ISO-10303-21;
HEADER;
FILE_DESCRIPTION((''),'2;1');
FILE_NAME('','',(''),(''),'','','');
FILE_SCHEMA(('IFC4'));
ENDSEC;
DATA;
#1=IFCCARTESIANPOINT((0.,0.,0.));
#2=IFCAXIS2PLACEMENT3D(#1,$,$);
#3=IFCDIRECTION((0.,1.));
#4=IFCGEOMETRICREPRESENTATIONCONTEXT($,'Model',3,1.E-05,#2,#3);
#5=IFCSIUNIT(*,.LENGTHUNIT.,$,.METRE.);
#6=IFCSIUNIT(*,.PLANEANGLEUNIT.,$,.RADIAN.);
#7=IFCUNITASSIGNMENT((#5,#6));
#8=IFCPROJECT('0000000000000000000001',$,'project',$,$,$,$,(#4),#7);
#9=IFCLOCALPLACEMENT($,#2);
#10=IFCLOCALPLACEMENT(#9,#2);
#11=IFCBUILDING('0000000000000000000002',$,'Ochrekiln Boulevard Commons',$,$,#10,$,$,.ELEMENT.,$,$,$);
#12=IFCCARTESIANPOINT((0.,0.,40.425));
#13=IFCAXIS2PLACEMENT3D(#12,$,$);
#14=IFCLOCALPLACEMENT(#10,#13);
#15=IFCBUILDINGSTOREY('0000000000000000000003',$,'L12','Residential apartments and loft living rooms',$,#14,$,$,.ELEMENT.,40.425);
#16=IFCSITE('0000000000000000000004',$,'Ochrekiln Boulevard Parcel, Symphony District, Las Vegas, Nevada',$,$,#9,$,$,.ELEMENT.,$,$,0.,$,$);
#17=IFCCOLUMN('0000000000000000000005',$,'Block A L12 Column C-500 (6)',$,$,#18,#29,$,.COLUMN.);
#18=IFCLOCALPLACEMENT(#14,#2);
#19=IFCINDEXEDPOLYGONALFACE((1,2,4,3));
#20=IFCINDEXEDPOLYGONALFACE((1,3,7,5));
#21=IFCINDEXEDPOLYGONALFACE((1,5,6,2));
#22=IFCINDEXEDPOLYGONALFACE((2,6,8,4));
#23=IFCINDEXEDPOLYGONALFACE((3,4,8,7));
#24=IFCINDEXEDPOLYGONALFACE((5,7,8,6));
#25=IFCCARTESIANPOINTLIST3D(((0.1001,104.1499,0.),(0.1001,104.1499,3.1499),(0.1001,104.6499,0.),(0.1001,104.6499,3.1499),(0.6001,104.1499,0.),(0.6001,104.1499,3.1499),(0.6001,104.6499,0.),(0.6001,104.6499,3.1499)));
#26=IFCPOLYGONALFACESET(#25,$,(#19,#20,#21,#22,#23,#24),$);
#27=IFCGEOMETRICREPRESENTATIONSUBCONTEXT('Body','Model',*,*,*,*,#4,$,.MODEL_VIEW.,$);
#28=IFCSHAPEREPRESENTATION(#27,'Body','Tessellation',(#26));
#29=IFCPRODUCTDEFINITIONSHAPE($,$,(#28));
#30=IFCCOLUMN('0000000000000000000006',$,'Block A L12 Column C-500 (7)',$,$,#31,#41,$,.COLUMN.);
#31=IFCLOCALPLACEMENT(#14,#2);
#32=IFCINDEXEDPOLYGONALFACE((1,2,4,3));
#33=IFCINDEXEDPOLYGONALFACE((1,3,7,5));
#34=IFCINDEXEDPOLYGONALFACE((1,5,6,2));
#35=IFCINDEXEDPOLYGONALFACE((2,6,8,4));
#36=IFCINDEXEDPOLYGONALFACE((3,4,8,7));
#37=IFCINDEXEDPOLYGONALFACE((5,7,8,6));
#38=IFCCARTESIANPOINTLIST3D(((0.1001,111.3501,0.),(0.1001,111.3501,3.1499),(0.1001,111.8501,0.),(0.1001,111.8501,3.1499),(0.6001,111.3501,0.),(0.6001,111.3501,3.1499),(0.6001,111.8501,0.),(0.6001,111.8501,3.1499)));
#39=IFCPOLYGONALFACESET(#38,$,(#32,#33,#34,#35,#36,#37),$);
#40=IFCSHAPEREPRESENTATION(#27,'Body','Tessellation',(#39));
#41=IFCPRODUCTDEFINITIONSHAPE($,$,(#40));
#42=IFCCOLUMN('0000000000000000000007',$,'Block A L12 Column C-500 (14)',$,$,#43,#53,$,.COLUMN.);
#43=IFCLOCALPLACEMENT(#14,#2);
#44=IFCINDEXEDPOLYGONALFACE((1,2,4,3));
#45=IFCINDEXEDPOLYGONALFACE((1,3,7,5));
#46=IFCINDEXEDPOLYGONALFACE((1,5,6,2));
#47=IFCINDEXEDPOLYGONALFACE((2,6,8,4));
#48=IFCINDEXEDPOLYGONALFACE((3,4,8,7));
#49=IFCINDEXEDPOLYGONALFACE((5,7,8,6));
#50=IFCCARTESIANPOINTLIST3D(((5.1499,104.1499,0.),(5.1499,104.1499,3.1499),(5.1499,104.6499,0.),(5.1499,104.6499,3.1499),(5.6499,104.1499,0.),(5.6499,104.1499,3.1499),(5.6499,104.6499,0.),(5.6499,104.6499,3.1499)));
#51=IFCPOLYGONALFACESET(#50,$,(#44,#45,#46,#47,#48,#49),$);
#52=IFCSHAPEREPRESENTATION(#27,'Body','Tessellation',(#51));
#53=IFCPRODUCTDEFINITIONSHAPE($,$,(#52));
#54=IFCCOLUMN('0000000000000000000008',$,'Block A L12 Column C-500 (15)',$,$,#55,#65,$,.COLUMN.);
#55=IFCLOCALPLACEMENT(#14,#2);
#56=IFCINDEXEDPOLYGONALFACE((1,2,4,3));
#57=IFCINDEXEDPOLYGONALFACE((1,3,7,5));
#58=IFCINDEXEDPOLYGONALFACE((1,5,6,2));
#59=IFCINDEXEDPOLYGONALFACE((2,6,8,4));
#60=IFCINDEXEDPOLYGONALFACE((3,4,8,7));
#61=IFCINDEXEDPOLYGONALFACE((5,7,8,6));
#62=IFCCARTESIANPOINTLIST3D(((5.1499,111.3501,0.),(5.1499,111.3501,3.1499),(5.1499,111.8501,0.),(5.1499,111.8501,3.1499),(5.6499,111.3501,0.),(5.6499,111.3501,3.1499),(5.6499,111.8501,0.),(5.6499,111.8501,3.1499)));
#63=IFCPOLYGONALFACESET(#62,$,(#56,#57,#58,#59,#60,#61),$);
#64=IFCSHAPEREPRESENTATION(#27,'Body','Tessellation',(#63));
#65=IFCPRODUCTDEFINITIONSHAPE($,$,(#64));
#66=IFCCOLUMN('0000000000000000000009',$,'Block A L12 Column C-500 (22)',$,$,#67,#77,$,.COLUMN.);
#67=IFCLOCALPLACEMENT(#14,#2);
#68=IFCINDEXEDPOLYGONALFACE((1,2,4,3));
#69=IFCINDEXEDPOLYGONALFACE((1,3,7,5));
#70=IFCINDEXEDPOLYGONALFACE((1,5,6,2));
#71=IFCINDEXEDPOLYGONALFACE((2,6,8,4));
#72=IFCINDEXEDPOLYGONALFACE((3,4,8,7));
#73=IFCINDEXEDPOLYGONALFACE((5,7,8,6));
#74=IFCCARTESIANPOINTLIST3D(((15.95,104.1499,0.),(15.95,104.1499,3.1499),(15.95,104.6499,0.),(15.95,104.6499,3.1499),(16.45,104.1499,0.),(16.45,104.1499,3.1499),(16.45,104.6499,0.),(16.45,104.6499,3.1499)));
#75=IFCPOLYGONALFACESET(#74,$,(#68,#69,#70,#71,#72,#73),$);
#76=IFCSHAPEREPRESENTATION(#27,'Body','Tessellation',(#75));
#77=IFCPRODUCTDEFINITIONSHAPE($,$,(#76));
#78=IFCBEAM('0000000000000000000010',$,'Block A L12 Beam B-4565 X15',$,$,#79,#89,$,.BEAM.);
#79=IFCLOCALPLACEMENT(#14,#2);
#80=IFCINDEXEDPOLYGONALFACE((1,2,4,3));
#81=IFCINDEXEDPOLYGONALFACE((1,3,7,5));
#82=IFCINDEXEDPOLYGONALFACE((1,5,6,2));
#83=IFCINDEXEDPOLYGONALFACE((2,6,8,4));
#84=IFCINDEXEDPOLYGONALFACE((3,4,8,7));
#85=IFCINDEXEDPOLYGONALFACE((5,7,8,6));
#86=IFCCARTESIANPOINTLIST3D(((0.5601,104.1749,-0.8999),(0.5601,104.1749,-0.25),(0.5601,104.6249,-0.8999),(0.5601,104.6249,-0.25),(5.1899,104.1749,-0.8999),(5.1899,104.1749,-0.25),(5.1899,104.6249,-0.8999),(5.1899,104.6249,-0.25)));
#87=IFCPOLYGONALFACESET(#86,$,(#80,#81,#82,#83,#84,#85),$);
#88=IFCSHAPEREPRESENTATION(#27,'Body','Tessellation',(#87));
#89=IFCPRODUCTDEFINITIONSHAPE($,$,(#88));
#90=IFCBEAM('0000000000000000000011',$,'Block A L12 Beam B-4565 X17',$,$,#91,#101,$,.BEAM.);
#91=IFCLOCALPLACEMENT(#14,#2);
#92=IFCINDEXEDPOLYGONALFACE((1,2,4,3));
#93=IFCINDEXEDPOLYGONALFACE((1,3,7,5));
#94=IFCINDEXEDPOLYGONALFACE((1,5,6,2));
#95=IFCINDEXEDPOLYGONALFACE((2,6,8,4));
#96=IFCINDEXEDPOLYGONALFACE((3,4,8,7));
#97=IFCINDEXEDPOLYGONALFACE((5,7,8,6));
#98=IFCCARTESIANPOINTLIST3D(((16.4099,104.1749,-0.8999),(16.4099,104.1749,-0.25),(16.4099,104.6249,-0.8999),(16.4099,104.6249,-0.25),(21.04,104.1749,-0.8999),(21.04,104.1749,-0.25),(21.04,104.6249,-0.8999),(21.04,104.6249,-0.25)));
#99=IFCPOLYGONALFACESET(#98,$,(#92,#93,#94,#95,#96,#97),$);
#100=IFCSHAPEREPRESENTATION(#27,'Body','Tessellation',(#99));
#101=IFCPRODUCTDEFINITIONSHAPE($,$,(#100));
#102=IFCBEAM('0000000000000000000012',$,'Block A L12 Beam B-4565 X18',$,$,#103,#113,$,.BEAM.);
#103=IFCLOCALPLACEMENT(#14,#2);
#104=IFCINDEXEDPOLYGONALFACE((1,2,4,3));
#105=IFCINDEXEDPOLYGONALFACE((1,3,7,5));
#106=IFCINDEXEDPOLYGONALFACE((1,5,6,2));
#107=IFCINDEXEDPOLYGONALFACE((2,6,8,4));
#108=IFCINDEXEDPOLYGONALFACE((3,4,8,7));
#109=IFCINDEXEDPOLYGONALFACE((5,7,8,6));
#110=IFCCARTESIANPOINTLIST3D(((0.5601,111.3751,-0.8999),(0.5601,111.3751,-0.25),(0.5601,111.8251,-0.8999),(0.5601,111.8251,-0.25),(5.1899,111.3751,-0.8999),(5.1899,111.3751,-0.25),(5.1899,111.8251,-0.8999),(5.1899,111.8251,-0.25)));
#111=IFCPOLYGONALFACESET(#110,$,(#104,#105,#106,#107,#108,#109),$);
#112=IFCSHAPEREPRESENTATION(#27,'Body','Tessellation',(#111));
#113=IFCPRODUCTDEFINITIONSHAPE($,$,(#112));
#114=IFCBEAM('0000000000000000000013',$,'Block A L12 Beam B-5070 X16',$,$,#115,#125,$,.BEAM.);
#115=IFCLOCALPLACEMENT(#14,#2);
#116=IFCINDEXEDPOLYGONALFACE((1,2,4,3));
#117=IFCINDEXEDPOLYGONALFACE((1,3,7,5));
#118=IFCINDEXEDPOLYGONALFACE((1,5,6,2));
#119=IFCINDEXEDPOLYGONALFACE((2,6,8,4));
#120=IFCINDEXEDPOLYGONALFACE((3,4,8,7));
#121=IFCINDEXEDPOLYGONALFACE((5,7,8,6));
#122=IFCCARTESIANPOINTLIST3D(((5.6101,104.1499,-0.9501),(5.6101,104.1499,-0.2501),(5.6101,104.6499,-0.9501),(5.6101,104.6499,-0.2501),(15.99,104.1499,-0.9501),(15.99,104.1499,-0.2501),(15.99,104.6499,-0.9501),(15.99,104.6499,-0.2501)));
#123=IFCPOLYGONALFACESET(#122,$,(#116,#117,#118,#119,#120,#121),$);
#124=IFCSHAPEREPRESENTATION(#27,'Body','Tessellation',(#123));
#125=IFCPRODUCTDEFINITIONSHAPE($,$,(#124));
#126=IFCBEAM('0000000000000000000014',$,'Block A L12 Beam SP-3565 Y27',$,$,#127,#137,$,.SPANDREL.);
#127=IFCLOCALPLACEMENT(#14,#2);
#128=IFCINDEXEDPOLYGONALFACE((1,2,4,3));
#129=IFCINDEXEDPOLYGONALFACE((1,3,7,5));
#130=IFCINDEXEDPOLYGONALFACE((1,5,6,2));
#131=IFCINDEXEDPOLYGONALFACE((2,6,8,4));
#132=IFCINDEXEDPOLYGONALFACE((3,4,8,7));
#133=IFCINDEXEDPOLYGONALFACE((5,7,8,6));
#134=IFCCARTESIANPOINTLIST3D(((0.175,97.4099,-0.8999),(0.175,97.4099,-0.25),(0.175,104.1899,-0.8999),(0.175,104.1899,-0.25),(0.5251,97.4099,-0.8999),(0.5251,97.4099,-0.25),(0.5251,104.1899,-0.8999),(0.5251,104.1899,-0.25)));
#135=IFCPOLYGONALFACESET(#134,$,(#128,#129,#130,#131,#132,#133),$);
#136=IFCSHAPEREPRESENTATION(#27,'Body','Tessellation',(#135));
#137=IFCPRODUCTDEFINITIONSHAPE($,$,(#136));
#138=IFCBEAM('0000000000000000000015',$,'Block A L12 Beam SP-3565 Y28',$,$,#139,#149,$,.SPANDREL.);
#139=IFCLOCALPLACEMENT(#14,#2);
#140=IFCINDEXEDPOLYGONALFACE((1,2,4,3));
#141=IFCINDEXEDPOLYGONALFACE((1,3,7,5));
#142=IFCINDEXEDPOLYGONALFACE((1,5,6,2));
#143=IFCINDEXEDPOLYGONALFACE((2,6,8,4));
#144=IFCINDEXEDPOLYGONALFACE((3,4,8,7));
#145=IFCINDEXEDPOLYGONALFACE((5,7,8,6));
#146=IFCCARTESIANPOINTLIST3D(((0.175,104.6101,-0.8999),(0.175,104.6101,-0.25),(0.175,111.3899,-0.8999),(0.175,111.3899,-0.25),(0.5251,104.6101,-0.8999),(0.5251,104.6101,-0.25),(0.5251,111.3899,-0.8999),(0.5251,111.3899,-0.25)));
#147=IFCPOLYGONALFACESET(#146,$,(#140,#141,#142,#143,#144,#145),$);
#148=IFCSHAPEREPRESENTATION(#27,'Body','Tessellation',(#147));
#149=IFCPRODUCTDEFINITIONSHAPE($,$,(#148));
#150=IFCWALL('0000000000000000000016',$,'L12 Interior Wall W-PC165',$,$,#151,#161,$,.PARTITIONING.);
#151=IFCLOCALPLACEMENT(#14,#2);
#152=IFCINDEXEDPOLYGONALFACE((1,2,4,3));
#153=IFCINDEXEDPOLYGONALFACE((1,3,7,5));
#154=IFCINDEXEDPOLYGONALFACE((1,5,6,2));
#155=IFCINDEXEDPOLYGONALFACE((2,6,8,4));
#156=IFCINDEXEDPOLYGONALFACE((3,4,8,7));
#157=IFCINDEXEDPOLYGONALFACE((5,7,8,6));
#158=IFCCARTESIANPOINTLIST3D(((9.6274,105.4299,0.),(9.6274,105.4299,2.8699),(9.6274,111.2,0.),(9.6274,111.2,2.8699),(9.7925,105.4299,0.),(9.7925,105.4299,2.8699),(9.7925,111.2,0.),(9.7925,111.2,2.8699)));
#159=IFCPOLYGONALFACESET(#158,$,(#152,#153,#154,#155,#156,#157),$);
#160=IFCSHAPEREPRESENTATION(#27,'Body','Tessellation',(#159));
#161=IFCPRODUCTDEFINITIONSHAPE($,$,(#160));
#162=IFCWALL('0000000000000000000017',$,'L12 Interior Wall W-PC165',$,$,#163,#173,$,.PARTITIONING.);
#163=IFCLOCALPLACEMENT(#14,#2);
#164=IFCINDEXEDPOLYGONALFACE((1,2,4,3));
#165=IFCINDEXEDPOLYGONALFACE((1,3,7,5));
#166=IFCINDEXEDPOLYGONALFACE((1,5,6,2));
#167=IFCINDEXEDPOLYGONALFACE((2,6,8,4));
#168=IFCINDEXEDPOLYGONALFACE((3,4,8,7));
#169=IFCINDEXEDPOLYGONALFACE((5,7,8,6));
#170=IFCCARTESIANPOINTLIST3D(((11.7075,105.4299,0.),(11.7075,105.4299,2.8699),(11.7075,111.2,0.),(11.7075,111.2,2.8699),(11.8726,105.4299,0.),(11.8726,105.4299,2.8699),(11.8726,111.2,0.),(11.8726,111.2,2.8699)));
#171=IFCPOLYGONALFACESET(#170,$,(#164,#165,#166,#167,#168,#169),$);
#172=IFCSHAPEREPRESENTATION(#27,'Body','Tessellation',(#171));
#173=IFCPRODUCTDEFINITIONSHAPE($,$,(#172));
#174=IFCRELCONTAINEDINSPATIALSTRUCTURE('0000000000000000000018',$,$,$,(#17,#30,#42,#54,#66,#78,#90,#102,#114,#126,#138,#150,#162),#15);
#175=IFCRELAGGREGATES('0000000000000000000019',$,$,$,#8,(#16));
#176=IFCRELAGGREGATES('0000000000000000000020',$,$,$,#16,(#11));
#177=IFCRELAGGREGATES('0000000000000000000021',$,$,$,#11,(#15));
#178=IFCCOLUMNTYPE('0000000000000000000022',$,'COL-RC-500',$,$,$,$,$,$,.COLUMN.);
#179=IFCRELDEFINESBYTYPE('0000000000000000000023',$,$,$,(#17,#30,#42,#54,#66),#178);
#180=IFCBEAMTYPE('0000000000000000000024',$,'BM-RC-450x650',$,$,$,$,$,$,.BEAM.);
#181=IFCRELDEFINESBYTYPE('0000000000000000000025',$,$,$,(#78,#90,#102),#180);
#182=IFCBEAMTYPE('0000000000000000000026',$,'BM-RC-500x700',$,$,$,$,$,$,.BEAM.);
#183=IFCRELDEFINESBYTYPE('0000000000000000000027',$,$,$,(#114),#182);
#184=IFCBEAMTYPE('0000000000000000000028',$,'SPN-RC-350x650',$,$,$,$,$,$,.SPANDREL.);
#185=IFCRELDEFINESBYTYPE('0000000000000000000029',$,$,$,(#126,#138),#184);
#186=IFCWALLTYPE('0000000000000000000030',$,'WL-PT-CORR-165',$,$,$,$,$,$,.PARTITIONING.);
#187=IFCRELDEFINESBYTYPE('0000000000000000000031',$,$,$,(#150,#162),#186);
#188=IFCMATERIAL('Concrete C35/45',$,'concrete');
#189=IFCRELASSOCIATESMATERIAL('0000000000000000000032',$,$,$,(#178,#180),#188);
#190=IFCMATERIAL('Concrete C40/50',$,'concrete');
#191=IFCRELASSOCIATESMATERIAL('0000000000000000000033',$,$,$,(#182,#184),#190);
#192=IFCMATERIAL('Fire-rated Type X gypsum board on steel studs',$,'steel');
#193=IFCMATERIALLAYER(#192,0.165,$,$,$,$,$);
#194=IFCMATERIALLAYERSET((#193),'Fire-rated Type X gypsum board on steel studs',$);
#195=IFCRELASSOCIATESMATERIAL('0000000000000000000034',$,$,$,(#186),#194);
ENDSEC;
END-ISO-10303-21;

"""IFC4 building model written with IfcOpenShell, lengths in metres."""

from ifc_helpers import new_model, si_unit, direction, frame, frame_2d, origin, origin_2d, place, context, subcontext, project, spatial, rectangle, extrude, material, layer, layer_set, material_profile, profile_set, type_object, element, save


model = new_model("IFC4")

# Units and contexts
model_context = context("Model", 3, precision=1e-05, world=origin(), true_north=direction((0.0, 1.0)))
body_context = subcontext(model_context, "Body", "Model", "MODEL_VIEW")
ifc_project = project(units=[si_unit("LENGTHUNIT", "METRE"), si_unit("PLANEANGLEUNIT", "RADIAN")], contexts=[model_context])

# Site, building, storey
site_placement = place(None, origin())
site = spatial("IfcSite", under=ifc_project, at=site_placement, Name="Ochrekiln Boulevard Parcel, Symphony District, Las Vegas, Nevada", CompositionType="ELEMENT", RefElevation=0.0)
building_placement = place(site_placement, origin())
building = spatial("IfcBuilding", under=site, at=building_placement, Name="Ochrekiln Boulevard Commons", CompositionType="ELEMENT")
storey_placement = place(building_placement, frame((0.0, 0.0, 40.425)))
storey = spatial("IfcBuildingStorey", under=building, at=storey_placement, Name="L12", Description="Residential apartments and loft living rooms", CompositionType="ELEMENT", Elevation=40.425)

# Columns
ifc_material_1 = material(Name="Concrete C35/45", Category="concrete")
ifc_material_profile_1 = material_profile(ifc_material_1, rectangle(XDim=0.5, YDim=0.5, at=origin_2d()), Name="RC-COL-500x500")
ifc_profile_set_1 = profile_set([ifc_material_profile_1], Name="Concrete C35/45")
column_type = type_object("IfcColumnType", Name="COL-RC-500", PredefinedType="COLUMN", material=ifc_profile_set_1)
for number, where, z_axis, x_axis, name in (
    (1, (0.3501, 104.3999, 0.0), (0.0, 0.0, 1.0), (1.0, 0.0, 0.0), "Block A L12 Column C-500 (6)"),
    (2, (0.3501, 111.6001, 0.0), (0.0, 0.0, 1.0), (1.0, 0.0, 0.0), "Block A L12 Column C-500 (7)"),
    (3, (5.3999, 104.3999, 0.0), (0.0, 0.0, 1.0), (1.0, 0.0, 0.0), "Block A L12 Column C-500 (14)"),
    (4, (5.3999, 111.6001, 0.0), (0.0, 0.0, 1.0), (1.0, 0.0, 0.0), "Block A L12 Column C-500 (15)"),
    (5, (16.2, 104.3999, 0.0), (0.0, 0.0, 1.0), (1.0, 0.0, 0.0), "Block A L12 Column C-500 (22)"),
):
    element("IfcColumn", number, at=place(storey_placement, frame(where, z_axis=z_axis, x_axis=x_axis)), inside=storey, type_object=column_type, Name=name, PredefinedType="COLUMN", context=body_context, shape_type="SweptSolid", body=[
        extrude(rectangle(XDim=0.5, YDim=0.5, at=origin_2d()), origin(), (0.0, 0.0, 1.0), 3.1499),
    ])

# Beams
ifc_material_profile_2 = material_profile(ifc_material_1, rectangle(XDim=0.45, YDim=0.6499, at=origin_2d()), Name="RC-BM-450x650")
ifc_profile_set_2 = profile_set([ifc_material_profile_2], Name="Concrete C35/45")
beam_type_1 = type_object("IfcBeamType", Name="BM-RC-450x650", PredefinedType="BEAM", material=ifc_profile_set_2)
beam_1_placement = place(storey_placement, frame((0.5601, 104.3999, -0.575), z_axis=(1.0, 0.0, 0.0), x_axis=(0.0, 1.0, 0.0)))
element("IfcBeam", 6, at=beam_1_placement, inside=storey, type_object=beam_type_1, Name="Block A L12 Beam B-4565 X15", PredefinedType="BEAM", context=body_context, shape_type="SweptSolid", body=[
    extrude(rectangle(XDim=0.45, YDim=0.6499, at=origin_2d()), origin(), (0.0, 0.0, 1.0), 4.6299),
])
beam_2_placement = place(storey_placement, frame((16.4099, 104.3999, -0.575), z_axis=(1.0, 0.0, 0.0), x_axis=(0.0, 1.0, 0.0)))
element("IfcBeam", 7, at=beam_2_placement, inside=storey, type_object=beam_type_1, Name="Block A L12 Beam B-4565 X17", PredefinedType="BEAM", context=body_context, shape_type="SweptSolid", body=[
    extrude(rectangle(XDim=0.45, YDim=0.6499, at=origin_2d()), origin(), (0.0, 0.0, 1.0), 4.6301),
])
beam_3_placement = place(storey_placement, frame((0.5601, 111.6001, -0.575), z_axis=(1.0, 0.0, 0.0), x_axis=(0.0, 1.0, 0.0)))
element("IfcBeam", 8, at=beam_3_placement, inside=storey, type_object=beam_type_1, Name="Block A L12 Beam B-4565 X18", PredefinedType="BEAM", context=body_context, shape_type="SweptSolid", body=[
    extrude(rectangle(XDim=0.45, YDim=0.6499, at=origin_2d()), origin(), (0.0, 0.0, 1.0), 4.6299),
])
ifc_material_2 = material(Name="Concrete C40/50", Category="concrete")
ifc_material_profile_3 = material_profile(ifc_material_2, rectangle(XDim=0.5, YDim=0.7, at=origin_2d()), Name="RC-BM-500x700")
ifc_profile_set_3 = profile_set([ifc_material_profile_3], Name="Concrete C40/50")
beam_type_2 = type_object("IfcBeamType", Name="BM-RC-500x700", PredefinedType="BEAM", material=ifc_profile_set_3)
beam_4_placement = place(storey_placement, frame((5.6101, 104.3999, -0.6001), z_axis=(1.0, 0.0, 0.0), x_axis=(0.0, 1.0, 0.0)))
element("IfcBeam", 9, at=beam_4_placement, inside=storey, type_object=beam_type_2, Name="Block A L12 Beam B-5070 X16", PredefinedType="BEAM", context=body_context, shape_type="SweptSolid", body=[
    extrude(rectangle(XDim=0.5, YDim=0.7, at=origin_2d()), origin(), (0.0, 0.0, 1.0), 10.3799),
])
ifc_material_profile_4 = material_profile(ifc_material_2, rectangle(XDim=0.3501, YDim=0.6499, at=origin_2d()), Name="RC-SPN-350x650")
ifc_profile_set_4 = profile_set([ifc_material_profile_4], Name="Concrete C40/50")
beam_type_3 = type_object("IfcBeamType", Name="SPN-RC-350x650", PredefinedType="SPANDREL", material=ifc_profile_set_4)
beam_5_placement = place(storey_placement, frame((0.3501, 97.4099, -0.575), z_axis=(0.0, 1.0, 0.0), x_axis=(-1.0, 0.0, 0.0)))
element("IfcBeam", 10, at=beam_5_placement, inside=storey, type_object=beam_type_3, Name="Block A L12 Beam SP-3565 Y27", PredefinedType="SPANDREL", context=body_context, shape_type="SweptSolid", body=[
    extrude(rectangle(XDim=0.3501, YDim=0.6499, at=origin_2d()), origin(), (0.0, 0.0, 1.0), 6.78),
])
beam_6_placement = place(storey_placement, frame((0.3501, 104.6101, -0.575), z_axis=(0.0, 1.0, 0.0), x_axis=(-1.0, 0.0, 0.0)))
element("IfcBeam", 11, at=beam_6_placement, inside=storey, type_object=beam_type_3, Name="Block A L12 Beam SP-3565 Y28", PredefinedType="SPANDREL", context=body_context, shape_type="SweptSolid", body=[
    extrude(rectangle(XDim=0.3501, YDim=0.6499, at=origin_2d()), origin(), (0.0, 0.0, 1.0), 6.7798),
])

# Walls
ifc_material_3 = material(Name="Fire-rated Type X gypsum board on steel studs", Category="steel")
ifc_layer_1 = layer(ifc_material_3, 0.165)
ifc_layer_set_1 = layer_set([ifc_layer_1], Name="Fire-rated Type X gypsum board on steel studs")
wall_type_1 = type_object("IfcWallType", Name="WL-PT-CORR-165", PredefinedType="PARTITIONING", material=ifc_layer_set_1)
for number, where, z_axis, x_axis, name in (
    (12, (9.71, 105.4299, 0.0), (0.0, 0.0, 1.0), (0.0, 1.0, 0.0), "L12 Interior Wall W-PC165"),
    (13, (11.79, 105.4299, 0.0), (0.0, 0.0, 1.0), (0.0, 1.0, 0.0), "L12 Interior Wall W-PC165"),
):
    element("IfcWall", number, at=place(storey_placement, frame(where, z_axis=z_axis, x_axis=x_axis)), inside=storey, type_object=wall_type_1, Name=name, PredefinedType="PARTITIONING", context=body_context, shape_type="SweptSolid", body=[
        extrude(rectangle(XDim=5.77, YDim=0.165, at=frame_2d((2.885, 0.0))), origin(), (0.0, 0.0, 1.0), 2.8699),
    ])

save(model, "model.ifc")
